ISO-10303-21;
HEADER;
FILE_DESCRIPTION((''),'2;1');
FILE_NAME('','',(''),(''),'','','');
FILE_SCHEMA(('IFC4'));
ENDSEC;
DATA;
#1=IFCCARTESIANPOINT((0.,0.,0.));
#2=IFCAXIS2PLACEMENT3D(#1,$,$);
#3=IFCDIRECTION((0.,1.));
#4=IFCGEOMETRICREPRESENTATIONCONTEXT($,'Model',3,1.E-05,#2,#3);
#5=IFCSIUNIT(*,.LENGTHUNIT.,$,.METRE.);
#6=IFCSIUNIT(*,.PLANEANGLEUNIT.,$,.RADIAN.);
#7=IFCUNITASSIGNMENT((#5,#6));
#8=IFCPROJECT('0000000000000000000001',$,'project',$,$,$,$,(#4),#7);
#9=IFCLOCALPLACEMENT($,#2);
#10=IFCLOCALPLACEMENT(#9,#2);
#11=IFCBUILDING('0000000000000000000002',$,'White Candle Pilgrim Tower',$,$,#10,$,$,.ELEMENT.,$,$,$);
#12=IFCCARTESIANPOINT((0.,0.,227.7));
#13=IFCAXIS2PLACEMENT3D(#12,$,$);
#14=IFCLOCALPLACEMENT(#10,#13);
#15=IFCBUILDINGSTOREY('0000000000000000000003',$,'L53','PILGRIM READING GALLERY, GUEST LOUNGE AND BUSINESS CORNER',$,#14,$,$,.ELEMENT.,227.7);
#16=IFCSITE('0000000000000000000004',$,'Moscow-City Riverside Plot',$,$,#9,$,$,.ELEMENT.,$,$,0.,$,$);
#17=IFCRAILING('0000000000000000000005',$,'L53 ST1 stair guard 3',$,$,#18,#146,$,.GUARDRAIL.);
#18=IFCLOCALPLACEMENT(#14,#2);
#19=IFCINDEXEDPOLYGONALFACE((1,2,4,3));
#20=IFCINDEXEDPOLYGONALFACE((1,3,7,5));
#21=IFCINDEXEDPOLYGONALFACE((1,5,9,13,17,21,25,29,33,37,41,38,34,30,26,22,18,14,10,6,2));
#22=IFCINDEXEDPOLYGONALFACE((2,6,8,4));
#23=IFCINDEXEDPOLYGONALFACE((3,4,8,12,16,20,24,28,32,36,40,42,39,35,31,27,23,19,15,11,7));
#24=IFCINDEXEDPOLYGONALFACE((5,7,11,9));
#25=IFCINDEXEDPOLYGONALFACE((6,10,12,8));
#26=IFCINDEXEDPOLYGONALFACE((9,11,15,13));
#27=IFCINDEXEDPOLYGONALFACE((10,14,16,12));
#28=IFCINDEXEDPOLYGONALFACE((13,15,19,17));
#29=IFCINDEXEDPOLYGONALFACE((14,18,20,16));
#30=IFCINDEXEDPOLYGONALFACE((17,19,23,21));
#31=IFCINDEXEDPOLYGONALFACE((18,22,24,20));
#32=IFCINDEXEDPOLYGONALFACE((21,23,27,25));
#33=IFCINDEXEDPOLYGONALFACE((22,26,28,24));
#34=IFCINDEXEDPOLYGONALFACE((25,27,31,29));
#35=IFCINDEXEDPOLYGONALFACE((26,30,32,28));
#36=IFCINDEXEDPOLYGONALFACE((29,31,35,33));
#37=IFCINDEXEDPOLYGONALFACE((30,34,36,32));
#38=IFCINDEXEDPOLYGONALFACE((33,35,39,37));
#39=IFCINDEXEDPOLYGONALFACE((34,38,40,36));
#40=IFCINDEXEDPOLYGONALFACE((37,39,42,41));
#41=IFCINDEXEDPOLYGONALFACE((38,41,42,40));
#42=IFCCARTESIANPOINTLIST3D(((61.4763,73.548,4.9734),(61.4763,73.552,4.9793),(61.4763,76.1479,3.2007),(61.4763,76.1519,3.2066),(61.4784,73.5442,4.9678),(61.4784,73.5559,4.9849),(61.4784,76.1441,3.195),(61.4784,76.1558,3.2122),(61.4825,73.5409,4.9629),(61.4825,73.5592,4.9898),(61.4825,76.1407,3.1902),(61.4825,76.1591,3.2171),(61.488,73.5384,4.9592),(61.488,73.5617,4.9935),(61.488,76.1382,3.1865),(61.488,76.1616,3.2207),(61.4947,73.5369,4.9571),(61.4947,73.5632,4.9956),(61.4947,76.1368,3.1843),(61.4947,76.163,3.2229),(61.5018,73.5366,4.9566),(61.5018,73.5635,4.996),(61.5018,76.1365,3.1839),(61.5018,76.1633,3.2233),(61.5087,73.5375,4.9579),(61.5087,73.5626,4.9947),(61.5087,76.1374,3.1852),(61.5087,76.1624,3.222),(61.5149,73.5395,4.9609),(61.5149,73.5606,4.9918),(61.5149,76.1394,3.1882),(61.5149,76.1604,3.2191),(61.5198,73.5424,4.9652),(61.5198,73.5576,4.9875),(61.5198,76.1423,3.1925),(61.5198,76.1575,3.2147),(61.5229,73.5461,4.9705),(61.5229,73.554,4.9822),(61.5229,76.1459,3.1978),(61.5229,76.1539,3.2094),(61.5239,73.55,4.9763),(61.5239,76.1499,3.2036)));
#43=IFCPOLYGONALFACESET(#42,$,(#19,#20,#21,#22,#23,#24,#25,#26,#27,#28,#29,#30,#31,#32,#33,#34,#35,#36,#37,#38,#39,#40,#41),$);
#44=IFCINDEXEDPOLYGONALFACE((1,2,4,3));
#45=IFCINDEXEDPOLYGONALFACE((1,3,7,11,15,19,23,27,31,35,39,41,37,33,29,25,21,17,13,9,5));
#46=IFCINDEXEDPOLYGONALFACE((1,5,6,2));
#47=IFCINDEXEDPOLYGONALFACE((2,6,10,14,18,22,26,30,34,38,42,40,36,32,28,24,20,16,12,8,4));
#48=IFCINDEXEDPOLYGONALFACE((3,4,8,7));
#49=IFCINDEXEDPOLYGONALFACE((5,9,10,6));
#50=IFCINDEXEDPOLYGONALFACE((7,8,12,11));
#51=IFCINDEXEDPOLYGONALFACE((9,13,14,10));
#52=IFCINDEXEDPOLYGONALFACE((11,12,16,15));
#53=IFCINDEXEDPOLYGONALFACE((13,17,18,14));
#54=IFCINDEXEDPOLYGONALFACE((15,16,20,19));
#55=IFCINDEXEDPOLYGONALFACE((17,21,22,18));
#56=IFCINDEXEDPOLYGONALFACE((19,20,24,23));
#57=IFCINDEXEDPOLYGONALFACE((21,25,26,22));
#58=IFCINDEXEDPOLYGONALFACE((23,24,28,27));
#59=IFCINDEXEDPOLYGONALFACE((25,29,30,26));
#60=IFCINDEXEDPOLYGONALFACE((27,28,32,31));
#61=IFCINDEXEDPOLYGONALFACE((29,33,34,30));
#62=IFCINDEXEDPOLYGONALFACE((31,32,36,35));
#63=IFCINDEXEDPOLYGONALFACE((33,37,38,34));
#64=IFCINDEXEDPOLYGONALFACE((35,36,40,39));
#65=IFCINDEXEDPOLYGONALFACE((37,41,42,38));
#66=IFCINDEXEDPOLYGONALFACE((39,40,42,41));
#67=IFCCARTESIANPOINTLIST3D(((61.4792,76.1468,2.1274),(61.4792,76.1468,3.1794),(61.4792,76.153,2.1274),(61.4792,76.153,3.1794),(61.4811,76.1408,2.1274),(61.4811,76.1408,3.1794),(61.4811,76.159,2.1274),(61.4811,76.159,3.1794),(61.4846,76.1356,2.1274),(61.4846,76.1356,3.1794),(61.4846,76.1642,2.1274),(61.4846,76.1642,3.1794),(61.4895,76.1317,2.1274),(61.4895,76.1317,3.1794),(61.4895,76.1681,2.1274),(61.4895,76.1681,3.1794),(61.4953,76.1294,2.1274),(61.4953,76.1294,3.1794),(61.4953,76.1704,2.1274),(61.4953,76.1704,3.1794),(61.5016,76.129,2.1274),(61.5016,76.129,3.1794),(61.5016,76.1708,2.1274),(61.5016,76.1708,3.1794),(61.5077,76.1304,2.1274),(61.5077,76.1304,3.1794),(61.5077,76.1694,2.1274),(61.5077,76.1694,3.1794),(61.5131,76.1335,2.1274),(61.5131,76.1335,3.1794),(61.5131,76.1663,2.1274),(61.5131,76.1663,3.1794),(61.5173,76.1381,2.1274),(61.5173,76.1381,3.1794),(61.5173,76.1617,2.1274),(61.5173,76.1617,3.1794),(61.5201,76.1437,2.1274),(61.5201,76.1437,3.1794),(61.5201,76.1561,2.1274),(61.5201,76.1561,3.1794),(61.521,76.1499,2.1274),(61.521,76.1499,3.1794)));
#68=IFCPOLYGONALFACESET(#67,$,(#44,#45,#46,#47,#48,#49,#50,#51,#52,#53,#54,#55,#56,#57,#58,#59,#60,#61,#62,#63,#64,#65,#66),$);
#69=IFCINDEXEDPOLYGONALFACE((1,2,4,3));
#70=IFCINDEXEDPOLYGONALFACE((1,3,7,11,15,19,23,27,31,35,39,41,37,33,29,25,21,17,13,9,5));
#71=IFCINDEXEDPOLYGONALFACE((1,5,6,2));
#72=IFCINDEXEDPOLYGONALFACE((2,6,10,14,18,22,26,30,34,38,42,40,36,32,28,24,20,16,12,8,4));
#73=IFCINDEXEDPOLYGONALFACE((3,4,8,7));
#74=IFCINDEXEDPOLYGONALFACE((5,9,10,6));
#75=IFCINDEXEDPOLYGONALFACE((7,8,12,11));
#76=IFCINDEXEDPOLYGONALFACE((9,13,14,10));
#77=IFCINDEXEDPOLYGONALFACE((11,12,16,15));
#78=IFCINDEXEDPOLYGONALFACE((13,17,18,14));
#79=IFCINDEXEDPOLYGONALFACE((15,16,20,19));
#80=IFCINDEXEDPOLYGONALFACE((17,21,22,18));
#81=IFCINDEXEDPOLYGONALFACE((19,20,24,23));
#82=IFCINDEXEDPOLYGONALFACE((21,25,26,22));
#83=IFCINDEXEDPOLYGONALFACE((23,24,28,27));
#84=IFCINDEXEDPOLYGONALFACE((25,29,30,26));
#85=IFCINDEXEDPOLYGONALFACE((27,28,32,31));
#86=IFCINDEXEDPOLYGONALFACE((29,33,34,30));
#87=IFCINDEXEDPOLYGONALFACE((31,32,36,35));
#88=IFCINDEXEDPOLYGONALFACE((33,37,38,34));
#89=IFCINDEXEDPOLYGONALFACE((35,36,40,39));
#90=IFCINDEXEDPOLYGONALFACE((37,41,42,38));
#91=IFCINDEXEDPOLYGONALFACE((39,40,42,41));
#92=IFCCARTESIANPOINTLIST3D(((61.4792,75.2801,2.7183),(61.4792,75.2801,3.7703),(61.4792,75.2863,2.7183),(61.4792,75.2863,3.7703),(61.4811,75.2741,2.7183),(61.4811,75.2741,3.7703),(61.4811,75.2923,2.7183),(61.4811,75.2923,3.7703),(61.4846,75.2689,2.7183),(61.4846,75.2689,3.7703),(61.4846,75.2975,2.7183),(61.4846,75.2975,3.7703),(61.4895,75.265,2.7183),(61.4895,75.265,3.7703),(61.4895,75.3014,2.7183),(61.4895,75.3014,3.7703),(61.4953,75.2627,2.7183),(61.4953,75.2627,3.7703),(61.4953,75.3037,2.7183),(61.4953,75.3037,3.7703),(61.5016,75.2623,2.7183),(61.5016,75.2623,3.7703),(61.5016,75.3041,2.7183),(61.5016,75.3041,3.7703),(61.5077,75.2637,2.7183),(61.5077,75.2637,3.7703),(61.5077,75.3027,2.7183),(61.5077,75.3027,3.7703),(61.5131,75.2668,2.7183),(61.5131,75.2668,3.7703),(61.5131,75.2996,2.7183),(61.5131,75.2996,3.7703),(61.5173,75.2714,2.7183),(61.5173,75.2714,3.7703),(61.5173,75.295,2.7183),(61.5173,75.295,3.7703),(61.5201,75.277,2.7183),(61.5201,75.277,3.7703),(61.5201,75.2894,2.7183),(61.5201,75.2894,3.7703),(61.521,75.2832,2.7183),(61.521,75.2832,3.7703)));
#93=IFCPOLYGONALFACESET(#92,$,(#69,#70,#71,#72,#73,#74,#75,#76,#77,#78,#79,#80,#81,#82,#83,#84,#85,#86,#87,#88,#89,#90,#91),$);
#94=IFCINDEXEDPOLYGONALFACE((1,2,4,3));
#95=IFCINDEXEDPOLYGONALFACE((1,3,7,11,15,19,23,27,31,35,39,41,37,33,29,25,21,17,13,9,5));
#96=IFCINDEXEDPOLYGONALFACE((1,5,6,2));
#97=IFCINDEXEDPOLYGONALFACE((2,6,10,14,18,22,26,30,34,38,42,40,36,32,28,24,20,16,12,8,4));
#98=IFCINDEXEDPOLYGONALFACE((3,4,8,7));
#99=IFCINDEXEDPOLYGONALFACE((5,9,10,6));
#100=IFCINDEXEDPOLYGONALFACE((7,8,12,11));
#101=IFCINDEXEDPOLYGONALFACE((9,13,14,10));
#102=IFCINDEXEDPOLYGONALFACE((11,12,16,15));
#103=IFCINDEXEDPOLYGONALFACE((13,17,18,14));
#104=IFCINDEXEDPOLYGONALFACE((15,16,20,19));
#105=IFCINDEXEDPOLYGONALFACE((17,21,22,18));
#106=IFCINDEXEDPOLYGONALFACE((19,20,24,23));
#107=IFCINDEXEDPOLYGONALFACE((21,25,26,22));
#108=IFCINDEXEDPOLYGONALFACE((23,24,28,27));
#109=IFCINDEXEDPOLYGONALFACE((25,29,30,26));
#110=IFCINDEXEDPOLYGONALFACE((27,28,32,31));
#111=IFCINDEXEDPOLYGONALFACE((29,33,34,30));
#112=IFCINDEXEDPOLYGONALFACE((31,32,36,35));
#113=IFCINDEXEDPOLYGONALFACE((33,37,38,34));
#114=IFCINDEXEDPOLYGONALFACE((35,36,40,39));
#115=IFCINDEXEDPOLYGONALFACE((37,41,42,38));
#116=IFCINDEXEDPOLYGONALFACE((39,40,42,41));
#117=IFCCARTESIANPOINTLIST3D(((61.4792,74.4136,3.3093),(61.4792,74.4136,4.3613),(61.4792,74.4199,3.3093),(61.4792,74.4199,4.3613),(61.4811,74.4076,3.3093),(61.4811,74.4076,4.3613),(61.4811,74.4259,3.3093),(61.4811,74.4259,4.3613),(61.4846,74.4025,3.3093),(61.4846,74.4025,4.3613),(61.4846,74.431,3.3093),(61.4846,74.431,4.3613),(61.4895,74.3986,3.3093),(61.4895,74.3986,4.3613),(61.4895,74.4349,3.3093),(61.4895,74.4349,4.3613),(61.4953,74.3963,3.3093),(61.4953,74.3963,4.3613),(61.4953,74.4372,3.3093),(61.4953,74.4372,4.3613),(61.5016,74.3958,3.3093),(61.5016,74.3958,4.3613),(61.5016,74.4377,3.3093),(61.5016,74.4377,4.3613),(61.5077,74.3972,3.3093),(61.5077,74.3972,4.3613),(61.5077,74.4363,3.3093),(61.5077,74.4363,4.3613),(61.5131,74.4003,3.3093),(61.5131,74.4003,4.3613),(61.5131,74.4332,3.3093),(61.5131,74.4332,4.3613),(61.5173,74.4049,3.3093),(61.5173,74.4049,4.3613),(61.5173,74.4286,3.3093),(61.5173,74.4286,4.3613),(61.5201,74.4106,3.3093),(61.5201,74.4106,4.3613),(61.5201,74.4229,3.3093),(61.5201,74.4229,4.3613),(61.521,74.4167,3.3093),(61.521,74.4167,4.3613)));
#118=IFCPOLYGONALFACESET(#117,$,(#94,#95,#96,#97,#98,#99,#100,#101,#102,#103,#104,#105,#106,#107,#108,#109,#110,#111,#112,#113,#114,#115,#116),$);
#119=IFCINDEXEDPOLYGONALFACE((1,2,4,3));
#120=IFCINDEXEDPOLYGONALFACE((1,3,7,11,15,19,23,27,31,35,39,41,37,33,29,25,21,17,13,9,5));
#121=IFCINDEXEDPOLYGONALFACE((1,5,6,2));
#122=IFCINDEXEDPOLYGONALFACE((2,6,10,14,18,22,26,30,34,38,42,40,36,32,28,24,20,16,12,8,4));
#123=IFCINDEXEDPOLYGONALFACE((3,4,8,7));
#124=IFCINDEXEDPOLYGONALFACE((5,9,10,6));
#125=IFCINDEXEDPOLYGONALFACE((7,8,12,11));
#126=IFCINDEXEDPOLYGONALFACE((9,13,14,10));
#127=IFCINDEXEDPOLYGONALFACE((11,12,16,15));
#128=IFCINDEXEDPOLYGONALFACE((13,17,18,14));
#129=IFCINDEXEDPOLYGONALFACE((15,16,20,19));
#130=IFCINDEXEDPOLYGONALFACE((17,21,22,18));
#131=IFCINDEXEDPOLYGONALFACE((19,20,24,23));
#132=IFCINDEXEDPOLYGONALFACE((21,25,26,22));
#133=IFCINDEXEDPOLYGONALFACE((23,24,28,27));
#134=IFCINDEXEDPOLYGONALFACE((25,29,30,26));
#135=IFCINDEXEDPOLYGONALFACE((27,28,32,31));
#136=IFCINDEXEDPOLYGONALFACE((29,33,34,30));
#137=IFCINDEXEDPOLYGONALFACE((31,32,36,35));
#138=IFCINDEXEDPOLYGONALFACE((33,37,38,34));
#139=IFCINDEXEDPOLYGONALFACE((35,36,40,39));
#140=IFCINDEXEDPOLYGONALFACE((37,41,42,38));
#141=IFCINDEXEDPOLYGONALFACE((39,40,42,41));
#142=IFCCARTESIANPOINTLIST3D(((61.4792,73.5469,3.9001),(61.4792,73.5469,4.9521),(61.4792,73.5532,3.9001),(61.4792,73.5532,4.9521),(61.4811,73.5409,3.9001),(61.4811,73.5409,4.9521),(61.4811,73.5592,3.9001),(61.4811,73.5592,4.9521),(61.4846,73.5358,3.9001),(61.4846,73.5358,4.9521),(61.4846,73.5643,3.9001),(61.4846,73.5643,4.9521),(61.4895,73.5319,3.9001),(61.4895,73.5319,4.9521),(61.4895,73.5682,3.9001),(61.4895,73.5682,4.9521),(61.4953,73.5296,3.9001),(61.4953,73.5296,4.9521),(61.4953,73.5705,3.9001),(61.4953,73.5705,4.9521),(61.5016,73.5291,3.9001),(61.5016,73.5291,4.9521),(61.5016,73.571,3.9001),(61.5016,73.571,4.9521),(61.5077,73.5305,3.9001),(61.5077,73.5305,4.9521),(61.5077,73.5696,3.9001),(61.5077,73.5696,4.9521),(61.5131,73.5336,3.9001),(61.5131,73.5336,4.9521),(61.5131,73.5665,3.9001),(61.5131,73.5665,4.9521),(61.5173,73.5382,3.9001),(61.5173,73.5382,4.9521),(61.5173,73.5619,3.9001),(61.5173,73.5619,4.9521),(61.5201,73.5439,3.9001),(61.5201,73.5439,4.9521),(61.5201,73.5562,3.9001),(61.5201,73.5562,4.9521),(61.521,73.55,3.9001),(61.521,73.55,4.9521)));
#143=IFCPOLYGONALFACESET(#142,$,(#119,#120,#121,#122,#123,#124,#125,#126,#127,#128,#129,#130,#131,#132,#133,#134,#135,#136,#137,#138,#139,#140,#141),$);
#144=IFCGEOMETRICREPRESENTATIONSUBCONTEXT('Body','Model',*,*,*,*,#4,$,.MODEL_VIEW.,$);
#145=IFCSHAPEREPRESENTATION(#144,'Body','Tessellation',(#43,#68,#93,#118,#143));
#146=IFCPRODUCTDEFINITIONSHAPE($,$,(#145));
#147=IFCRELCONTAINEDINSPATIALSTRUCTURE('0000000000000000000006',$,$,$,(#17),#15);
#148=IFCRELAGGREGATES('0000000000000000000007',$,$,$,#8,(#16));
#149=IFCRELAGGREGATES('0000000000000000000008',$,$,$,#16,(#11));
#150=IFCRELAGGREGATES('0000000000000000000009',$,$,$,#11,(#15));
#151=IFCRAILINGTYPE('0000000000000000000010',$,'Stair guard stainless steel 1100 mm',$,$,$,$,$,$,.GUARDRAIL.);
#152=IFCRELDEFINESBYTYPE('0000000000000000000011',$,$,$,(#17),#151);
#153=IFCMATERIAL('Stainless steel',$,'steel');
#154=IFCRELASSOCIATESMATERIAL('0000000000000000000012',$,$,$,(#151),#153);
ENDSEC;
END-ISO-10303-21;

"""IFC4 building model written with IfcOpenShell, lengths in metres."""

from ifc_helpers import new_model, si_unit, direction, frame, origin, origin_2d, place, context, subcontext, project, spatial, circle, extrude, material, type_object, element, save


model = new_model("IFC4")

# Units and contexts
model_context = context("Model", 3, precision=1e-05, world=origin(), true_north=direction((0.0, 1.0)))
body_context = subcontext(model_context, "Body", "Model", "MODEL_VIEW")
ifc_project = project(units=[si_unit("LENGTHUNIT", "METRE"), si_unit("PLANEANGLEUNIT", "RADIAN")], contexts=[model_context])

# Site, building, storey
site_placement = place(None, origin())
site = spatial("IfcSite", under=ifc_project, at=site_placement, Name="Moscow-City Riverside Plot", CompositionType="ELEMENT", RefElevation=0.0)
building_placement = place(site_placement, origin())
building = spatial("IfcBuilding", under=site, at=building_placement, Name="White Candle Pilgrim Tower", CompositionType="ELEMENT")
storey_placement = place(building_placement, frame((0.0, 0.0, 227.7)))
storey = spatial("IfcBuildingStorey", under=building, at=storey_placement, Name="L53", Description="PILGRIM READING GALLERY, GUEST LOUNGE AND BUSINESS CORNER", CompositionType="ELEMENT", Elevation=227.7)

# Shared definitions
ifc_material_1 = material(Name="Stainless steel", Category="steel")

# Railing
railing_type_1 = type_object("IfcRailingType", Name="Stair guard stainless steel 1100 mm", PredefinedType="GUARDRAIL", material=ifc_material_1)
railing_1_placement = place(storey_placement, frame((61.5, 76.1499, 2.1274)))
element("IfcRailing", 1, at=railing_1_placement, inside=storey, type_object=railing_type_1, Name="L53 ST1 stair guard 3", PredefinedType="GUARDRAIL", context=body_context, shape_type="SweptSolid", body=[
    extrude(circle(Radius=0.0239, at=origin_2d()), frame((0.0, 0.0, 1.0762), z_axis=(0.0, -0.826216, 0.563354), x_axis=(1.0, 0.0, 0.0)), (0.0, 0.0, 1.0), 3.1467),
    extrude(circle(Radius=0.021, at=origin_2d()), origin(), (0.0, 0.0, 1.0), 1.052),
    extrude(circle(Radius=0.021, at=origin_2d()), frame((0.0, -0.8667, 0.5908)), (0.0, 0.0, 1.0), 1.052),
    extrude(circle(Radius=0.021, at=origin_2d()), frame((0.0, -1.7332, 1.1819)), (0.0, 0.0, 1.0), 1.052),
    extrude(circle(Radius=0.021, at=origin_2d()), frame((0.0, -2.5999, 1.7727)), (0.0, 0.0, 1.0), 1.052),
])

save(model, "model.ifc")
